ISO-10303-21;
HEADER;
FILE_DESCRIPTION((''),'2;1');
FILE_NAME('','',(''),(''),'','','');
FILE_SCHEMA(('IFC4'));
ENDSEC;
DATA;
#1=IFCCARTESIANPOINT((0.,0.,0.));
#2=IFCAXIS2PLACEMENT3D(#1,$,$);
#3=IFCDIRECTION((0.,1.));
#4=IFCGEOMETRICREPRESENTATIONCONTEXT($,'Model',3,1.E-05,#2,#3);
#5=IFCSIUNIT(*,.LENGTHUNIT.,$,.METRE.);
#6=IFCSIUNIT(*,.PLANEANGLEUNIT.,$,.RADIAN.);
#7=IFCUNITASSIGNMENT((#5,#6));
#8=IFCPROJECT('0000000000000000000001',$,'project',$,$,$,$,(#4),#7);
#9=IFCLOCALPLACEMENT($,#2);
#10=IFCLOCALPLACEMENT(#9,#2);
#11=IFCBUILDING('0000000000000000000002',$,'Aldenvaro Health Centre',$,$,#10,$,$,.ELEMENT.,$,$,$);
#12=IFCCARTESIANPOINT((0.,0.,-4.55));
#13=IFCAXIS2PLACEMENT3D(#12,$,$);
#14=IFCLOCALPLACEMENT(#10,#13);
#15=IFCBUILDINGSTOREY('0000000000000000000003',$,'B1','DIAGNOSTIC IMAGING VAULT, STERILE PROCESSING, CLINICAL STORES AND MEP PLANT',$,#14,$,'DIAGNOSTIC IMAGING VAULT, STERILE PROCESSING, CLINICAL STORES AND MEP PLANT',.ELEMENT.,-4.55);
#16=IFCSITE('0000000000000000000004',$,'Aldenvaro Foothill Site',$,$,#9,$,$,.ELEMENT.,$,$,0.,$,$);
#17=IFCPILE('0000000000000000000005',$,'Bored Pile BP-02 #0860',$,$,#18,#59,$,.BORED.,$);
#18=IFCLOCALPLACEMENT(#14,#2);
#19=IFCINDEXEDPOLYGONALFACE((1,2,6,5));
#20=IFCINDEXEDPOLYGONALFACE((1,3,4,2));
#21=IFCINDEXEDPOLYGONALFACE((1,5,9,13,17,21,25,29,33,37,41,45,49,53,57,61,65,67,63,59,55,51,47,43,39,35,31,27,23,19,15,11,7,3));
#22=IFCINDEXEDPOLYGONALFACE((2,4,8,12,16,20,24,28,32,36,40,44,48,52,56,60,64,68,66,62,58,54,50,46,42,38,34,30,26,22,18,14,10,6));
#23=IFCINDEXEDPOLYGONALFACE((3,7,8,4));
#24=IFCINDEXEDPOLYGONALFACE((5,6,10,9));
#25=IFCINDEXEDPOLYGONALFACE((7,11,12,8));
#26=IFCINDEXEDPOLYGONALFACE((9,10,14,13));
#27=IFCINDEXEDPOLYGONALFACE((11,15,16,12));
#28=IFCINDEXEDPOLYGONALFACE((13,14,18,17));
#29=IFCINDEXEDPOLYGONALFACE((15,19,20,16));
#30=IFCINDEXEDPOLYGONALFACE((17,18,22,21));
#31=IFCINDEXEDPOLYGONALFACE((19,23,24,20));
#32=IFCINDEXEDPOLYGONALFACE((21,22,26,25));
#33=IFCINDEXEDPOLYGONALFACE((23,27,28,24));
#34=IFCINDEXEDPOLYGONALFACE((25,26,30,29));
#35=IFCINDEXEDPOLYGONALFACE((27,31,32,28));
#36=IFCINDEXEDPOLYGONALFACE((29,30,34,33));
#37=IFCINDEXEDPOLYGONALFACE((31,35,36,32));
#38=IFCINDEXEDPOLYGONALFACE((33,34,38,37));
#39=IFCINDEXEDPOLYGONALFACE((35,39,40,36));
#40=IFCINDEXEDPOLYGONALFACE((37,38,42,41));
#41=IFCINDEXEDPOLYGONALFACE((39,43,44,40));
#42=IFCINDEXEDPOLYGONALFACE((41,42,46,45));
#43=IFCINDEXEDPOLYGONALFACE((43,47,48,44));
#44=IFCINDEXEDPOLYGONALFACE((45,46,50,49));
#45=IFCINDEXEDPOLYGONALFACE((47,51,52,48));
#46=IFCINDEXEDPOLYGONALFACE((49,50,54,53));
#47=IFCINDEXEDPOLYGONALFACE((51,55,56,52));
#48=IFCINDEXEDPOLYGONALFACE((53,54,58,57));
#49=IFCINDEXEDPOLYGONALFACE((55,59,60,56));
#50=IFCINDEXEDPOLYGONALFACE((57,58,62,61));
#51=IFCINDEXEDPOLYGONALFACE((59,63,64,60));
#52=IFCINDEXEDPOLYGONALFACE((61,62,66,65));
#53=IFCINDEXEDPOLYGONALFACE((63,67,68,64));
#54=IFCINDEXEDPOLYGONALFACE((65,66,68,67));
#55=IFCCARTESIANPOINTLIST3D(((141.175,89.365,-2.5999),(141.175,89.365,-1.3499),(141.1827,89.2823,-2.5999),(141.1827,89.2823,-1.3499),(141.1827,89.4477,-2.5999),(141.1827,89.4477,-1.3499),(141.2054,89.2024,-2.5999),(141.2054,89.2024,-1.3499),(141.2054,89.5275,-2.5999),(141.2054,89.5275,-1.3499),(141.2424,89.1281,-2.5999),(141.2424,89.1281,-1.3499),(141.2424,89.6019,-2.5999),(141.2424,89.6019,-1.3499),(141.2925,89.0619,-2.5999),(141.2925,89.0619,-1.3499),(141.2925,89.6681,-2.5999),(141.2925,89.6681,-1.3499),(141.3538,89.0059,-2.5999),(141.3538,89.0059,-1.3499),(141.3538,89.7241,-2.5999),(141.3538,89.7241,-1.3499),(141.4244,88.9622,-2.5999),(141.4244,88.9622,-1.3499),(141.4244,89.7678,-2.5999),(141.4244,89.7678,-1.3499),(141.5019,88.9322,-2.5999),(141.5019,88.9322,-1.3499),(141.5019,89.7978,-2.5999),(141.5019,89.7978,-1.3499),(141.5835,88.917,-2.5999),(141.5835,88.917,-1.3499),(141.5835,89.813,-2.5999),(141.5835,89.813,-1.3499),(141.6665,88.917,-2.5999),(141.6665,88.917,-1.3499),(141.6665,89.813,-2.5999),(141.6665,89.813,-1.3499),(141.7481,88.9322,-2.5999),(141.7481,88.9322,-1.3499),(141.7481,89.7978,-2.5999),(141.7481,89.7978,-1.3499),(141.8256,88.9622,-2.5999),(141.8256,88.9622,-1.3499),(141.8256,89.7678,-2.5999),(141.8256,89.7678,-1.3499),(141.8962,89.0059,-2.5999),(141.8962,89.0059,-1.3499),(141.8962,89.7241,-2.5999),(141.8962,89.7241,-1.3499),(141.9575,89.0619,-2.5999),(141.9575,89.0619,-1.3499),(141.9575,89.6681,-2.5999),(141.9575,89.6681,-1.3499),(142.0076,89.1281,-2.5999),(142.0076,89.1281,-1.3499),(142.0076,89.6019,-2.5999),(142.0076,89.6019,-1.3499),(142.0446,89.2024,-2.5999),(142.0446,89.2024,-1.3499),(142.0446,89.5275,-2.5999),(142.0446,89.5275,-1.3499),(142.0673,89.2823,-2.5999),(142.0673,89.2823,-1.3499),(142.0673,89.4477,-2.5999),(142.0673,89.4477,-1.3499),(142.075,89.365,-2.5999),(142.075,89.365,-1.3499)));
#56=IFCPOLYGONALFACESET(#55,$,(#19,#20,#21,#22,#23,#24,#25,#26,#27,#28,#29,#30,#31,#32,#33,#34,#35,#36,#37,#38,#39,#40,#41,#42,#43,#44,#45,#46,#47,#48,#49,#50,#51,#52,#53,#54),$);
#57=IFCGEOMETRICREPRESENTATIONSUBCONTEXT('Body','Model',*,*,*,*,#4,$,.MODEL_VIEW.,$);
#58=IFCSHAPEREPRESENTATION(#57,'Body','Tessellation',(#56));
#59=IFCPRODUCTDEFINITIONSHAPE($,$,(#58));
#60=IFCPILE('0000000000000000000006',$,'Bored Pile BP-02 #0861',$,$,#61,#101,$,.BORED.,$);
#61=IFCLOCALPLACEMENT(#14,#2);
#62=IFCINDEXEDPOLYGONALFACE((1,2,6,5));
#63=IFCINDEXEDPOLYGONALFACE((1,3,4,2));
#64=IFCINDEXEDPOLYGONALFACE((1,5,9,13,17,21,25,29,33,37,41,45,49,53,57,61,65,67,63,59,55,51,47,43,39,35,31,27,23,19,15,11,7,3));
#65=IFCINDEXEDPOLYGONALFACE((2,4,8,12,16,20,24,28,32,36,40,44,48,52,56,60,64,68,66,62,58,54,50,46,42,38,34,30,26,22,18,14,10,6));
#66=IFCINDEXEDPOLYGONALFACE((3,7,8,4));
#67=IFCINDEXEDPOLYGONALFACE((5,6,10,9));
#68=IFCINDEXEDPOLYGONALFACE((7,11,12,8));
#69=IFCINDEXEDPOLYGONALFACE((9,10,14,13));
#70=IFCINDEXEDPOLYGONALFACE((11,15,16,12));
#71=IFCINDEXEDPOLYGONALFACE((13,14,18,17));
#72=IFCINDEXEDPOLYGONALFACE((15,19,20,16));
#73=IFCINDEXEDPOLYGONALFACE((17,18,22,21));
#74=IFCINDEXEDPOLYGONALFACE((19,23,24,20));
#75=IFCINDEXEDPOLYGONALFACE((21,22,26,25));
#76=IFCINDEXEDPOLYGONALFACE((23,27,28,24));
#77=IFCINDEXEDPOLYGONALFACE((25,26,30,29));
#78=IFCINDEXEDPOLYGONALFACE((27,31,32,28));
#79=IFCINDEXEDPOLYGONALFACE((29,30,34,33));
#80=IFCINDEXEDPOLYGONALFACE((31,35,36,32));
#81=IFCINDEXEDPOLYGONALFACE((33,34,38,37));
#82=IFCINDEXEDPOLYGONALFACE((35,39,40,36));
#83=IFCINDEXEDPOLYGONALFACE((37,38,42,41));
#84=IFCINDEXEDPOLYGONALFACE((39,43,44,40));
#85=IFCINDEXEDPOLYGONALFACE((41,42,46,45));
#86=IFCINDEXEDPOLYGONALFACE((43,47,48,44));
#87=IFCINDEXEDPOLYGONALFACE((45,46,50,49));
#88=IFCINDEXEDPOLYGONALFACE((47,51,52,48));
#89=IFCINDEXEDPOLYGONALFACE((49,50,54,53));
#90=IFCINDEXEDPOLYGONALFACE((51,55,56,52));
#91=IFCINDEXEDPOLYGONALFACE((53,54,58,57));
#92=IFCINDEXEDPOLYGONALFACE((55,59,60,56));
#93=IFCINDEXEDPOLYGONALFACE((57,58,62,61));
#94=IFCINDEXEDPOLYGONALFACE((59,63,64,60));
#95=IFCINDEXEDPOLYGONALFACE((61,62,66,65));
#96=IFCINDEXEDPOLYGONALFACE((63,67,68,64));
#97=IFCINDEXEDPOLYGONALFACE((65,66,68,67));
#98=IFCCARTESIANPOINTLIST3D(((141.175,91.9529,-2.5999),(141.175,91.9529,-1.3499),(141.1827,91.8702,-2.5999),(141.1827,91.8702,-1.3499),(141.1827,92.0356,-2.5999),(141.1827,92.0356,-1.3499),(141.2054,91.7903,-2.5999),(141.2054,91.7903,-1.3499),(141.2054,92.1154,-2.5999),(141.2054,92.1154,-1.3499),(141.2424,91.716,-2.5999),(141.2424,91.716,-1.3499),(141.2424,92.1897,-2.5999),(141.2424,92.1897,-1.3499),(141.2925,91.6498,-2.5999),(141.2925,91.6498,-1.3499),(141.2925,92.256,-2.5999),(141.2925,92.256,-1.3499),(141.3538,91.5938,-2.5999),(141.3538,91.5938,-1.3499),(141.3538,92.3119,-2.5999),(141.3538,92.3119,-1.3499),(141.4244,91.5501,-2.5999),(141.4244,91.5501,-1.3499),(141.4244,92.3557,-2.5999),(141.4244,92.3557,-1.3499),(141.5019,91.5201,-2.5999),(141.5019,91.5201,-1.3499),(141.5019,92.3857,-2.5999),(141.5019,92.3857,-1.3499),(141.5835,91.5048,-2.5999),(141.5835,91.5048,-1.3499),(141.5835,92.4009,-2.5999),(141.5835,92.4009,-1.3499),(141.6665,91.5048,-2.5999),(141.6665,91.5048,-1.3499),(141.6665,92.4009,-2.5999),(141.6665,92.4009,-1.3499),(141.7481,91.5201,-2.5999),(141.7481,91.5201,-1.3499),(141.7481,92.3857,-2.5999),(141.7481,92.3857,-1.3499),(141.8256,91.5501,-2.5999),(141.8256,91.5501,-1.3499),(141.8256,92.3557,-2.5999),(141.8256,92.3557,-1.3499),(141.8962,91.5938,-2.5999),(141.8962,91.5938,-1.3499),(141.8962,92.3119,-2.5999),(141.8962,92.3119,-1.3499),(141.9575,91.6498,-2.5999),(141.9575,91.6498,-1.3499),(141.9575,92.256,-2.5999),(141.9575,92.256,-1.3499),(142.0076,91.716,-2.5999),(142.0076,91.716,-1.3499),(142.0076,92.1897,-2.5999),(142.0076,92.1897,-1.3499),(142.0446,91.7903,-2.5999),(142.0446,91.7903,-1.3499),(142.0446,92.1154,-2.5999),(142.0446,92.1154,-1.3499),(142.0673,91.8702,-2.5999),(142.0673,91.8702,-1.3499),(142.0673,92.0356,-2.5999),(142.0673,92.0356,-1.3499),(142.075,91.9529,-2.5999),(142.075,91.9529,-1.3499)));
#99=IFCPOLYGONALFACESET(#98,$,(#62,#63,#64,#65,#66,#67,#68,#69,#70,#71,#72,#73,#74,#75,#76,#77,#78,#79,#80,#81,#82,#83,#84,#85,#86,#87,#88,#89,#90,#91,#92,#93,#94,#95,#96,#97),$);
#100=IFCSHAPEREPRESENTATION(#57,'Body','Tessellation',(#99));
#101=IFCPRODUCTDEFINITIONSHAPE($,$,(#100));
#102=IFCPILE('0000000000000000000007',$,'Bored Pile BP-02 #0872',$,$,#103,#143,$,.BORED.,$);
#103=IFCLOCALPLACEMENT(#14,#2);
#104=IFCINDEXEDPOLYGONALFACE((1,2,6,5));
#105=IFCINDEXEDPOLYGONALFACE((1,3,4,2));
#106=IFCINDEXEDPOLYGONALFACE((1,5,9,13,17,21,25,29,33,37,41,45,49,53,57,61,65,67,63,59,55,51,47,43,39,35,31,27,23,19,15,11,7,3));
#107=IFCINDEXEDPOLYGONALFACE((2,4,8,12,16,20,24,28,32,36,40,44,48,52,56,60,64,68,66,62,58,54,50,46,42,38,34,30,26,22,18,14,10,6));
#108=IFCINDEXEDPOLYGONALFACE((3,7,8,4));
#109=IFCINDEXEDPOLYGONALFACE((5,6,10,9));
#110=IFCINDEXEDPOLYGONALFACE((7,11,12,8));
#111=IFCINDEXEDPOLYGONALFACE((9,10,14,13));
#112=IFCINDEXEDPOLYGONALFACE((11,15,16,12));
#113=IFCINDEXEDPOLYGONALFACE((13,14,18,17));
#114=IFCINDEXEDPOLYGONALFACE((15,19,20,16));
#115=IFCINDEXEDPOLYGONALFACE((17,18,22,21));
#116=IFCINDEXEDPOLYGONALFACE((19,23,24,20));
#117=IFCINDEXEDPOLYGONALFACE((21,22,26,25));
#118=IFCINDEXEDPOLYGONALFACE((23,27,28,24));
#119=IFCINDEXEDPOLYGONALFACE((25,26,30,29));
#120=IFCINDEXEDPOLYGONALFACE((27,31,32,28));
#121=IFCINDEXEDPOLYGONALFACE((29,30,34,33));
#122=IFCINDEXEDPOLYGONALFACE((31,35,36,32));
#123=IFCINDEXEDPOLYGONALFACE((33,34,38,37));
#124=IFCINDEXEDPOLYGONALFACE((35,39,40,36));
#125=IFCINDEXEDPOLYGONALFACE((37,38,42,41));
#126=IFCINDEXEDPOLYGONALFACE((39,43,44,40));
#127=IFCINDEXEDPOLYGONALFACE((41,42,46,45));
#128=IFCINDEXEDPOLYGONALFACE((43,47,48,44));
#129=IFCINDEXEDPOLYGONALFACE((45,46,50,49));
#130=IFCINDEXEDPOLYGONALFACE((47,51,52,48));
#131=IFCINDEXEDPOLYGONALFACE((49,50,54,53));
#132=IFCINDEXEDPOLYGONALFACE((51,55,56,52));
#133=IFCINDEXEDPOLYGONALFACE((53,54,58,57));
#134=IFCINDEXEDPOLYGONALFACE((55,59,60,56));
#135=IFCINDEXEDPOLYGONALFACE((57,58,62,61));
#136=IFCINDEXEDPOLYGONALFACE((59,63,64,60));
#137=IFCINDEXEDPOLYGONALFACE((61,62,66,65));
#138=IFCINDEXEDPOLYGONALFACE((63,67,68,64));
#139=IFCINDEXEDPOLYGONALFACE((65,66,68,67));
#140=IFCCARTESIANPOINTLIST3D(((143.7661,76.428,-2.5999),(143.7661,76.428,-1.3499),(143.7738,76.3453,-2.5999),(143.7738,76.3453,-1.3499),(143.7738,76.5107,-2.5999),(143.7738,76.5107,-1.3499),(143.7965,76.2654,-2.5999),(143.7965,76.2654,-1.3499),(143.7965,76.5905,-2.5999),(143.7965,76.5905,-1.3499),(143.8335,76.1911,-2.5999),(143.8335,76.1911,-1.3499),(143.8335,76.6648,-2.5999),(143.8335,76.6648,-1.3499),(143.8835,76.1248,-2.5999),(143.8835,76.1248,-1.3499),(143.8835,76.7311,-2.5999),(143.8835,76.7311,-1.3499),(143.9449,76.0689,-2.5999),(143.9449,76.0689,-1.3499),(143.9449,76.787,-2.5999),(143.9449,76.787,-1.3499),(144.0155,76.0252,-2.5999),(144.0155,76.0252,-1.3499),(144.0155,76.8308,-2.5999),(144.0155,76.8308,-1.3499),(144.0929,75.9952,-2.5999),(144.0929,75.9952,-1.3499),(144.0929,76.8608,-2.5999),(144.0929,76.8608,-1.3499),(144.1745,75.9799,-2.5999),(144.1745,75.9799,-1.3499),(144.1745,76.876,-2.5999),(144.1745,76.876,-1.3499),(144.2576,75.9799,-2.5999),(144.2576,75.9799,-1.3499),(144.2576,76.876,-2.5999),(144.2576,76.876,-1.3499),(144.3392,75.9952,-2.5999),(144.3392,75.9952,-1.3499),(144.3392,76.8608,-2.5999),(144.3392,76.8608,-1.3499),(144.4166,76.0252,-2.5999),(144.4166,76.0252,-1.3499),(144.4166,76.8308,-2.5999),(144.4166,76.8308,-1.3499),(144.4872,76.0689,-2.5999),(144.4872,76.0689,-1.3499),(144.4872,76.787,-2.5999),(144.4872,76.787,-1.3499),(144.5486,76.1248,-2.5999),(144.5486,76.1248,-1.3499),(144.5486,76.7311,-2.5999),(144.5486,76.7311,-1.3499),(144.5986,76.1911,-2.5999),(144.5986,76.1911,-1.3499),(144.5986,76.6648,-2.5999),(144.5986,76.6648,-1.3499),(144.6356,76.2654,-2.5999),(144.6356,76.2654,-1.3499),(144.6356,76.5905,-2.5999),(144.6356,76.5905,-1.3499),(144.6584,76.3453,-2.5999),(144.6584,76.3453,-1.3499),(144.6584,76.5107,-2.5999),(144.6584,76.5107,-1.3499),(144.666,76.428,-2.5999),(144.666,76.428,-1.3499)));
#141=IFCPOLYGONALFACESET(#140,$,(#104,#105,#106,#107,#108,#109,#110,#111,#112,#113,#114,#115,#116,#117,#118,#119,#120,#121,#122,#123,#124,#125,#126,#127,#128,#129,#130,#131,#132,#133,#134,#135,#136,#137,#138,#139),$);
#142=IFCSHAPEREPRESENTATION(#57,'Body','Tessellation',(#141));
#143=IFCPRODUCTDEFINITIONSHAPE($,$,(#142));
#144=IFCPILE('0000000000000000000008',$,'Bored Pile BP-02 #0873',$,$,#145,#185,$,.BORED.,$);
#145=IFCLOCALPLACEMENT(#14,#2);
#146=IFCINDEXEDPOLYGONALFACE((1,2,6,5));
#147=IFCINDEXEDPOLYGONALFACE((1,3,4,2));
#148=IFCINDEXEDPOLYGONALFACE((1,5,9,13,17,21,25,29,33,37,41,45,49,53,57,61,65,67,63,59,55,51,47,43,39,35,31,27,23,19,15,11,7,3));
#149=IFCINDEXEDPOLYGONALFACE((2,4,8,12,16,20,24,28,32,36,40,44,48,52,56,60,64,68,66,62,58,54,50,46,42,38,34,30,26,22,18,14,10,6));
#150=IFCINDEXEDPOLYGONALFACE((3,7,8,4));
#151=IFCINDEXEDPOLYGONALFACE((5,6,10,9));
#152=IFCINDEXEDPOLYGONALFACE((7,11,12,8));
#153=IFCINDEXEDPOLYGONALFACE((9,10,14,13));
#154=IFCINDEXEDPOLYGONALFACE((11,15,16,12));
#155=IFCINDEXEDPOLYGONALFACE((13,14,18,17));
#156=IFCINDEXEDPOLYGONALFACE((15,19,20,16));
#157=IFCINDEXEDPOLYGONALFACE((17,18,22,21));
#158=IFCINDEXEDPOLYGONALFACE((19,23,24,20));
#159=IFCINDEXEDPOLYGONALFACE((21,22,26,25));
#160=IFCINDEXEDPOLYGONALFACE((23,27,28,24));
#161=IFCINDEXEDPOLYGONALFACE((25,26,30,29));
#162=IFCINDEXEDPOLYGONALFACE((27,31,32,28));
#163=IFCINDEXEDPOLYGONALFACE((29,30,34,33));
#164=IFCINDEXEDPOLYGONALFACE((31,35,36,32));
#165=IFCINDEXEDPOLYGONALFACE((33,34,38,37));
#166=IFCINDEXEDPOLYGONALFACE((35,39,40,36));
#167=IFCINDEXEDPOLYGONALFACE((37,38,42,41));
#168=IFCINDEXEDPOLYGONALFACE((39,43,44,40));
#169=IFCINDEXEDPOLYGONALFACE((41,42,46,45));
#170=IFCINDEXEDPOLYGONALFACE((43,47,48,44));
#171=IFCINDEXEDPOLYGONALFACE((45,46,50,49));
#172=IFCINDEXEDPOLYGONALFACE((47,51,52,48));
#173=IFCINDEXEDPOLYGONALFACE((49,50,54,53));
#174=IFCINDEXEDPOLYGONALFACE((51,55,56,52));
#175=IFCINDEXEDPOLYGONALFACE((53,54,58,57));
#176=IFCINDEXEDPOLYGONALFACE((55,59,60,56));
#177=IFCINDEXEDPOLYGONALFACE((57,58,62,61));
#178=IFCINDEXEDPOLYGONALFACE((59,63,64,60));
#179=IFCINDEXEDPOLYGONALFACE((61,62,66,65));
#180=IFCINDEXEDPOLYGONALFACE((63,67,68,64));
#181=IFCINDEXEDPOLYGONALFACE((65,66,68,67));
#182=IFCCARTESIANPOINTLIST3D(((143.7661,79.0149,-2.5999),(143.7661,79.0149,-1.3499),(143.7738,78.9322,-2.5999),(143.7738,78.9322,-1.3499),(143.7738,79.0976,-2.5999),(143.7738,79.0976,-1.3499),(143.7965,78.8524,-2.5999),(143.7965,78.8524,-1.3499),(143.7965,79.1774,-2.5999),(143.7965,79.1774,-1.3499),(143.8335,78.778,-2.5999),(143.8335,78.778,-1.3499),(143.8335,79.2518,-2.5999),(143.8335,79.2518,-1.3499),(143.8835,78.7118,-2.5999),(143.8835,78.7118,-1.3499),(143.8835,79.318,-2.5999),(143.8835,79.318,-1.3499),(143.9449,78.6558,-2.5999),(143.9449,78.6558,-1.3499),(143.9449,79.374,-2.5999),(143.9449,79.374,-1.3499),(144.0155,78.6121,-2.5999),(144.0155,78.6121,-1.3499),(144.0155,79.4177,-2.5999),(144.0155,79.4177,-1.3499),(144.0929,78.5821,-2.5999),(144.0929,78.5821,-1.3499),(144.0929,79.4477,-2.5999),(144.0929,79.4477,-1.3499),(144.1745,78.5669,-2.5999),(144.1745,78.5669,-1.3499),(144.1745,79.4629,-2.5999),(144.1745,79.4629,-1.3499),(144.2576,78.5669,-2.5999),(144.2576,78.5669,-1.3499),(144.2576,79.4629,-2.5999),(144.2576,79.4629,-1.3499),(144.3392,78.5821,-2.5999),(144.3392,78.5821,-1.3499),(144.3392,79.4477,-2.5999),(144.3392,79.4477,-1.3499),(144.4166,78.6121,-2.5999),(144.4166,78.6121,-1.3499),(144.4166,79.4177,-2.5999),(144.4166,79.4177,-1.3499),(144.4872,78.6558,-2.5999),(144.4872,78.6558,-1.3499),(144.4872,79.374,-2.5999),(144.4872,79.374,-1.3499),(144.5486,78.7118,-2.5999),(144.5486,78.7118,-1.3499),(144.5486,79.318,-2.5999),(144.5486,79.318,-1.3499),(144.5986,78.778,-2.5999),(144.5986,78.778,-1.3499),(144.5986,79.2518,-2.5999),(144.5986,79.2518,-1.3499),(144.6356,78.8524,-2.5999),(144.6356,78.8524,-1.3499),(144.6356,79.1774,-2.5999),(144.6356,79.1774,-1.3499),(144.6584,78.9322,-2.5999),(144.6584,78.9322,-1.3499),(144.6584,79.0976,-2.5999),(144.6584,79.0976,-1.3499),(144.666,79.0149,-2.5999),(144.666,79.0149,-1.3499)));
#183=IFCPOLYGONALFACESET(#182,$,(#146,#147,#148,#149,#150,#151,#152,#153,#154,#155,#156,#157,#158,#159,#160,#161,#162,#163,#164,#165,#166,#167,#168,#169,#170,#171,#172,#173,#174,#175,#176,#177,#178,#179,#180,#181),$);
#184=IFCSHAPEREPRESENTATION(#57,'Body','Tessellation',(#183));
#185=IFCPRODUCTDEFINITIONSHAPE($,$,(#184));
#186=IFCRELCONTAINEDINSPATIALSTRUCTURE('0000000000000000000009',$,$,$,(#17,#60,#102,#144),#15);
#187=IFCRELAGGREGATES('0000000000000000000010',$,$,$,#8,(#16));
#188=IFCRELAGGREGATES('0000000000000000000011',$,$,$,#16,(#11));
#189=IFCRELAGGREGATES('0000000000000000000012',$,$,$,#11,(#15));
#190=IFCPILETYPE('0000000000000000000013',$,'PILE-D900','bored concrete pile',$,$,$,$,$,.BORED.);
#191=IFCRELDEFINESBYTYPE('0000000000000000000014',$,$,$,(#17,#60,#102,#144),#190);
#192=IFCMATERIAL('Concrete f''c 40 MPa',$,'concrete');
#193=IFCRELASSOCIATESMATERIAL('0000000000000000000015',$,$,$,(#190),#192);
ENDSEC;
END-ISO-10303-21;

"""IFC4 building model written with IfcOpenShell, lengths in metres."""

from ifc_helpers import new_model, si_unit, direction, frame, origin, origin_2d, place, context, subcontext, project, spatial, circle, extrude, material, material_profile, profile_set, type_object, element, save


model = new_model("IFC4")

# Units and contexts
model_context = context("Model", 3, precision=1e-05, world=origin(), true_north=direction((0.0, 1.0)))
body_context = subcontext(model_context, "Body", "Model", "MODEL_VIEW")
ifc_project = project(units=[si_unit("LENGTHUNIT", "METRE"), si_unit("PLANEANGLEUNIT", "RADIAN")], contexts=[model_context])

# Site, building, storey
site_placement = place(None, origin())
site = spatial("IfcSite", under=ifc_project, at=site_placement, Name="Aldenvaro Foothill Site", CompositionType="ELEMENT", RefElevation=0.0)
building_placement = place(site_placement, origin())
building = spatial("IfcBuilding", under=site, at=building_placement, Name="Aldenvaro Health Centre", CompositionType="ELEMENT")
storey_placement = place(building_placement, frame((0.0, 0.0, -4.55)))
storey = spatial("IfcBuildingStorey", under=building, at=storey_placement, Name="B1", Description="DIAGNOSTIC IMAGING VAULT, STERILE PROCESSING, CLINICAL STORES AND MEP PLANT", LongName="DIAGNOSTIC IMAGING VAULT, STERILE PROCESSING, CLINICAL STORES AND MEP PLANT", CompositionType="ELEMENT", Elevation=-4.55)

# Piles
ifc_material_1 = material(Name="Concrete f'c 40 MPa", Category="concrete")
ifc_material_profile_1 = material_profile(ifc_material_1, circle(Radius=0.45, at=origin_2d()), Name="PILE D900", Category="concrete")
ifc_profile_set_1 = profile_set([ifc_material_profile_1], Name="Concrete f'c 40 MPa")
pile_type = type_object("IfcPileType", Name="PILE-D900", Description="bored concrete pile", PredefinedType="BORED", material=ifc_profile_set_1)
for number, where, z_axis, x_axis, name in (
    (1, (141.625, 89.365, -1.3499), (0.0, 0.0, -1.0), (1.0, 0.0, 0.0), "Bored Pile BP-02 #0860"),
    (2, (141.625, 91.9529, -1.3499), (0.0, 0.0, -1.0), (1.0, 0.0, 0.0), "Bored Pile BP-02 #0861"),
    (3, (144.2161, 76.428, -1.3499), (0.0, 0.0, -1.0), (1.0, 0.0, 0.0), "Bored Pile BP-02 #0872"),
    (4, (144.2161, 79.0149, -1.3499), (0.0, 0.0, -1.0), (1.0, 0.0, 0.0), "Bored Pile BP-02 #0873"),
):
    element("IfcPile", number, at=place(storey_placement, frame(where, z_axis=z_axis, x_axis=x_axis)), inside=storey, type_object=pile_type, Name=name, PredefinedType="BORED", context=body_context, shape_type="SweptSolid", body=[
        extrude(circle(Radius=0.45, at=origin_2d()), origin(), (0.0, 0.0, 1.0), 1.25),
    ])

save(model, "model.ifc")
